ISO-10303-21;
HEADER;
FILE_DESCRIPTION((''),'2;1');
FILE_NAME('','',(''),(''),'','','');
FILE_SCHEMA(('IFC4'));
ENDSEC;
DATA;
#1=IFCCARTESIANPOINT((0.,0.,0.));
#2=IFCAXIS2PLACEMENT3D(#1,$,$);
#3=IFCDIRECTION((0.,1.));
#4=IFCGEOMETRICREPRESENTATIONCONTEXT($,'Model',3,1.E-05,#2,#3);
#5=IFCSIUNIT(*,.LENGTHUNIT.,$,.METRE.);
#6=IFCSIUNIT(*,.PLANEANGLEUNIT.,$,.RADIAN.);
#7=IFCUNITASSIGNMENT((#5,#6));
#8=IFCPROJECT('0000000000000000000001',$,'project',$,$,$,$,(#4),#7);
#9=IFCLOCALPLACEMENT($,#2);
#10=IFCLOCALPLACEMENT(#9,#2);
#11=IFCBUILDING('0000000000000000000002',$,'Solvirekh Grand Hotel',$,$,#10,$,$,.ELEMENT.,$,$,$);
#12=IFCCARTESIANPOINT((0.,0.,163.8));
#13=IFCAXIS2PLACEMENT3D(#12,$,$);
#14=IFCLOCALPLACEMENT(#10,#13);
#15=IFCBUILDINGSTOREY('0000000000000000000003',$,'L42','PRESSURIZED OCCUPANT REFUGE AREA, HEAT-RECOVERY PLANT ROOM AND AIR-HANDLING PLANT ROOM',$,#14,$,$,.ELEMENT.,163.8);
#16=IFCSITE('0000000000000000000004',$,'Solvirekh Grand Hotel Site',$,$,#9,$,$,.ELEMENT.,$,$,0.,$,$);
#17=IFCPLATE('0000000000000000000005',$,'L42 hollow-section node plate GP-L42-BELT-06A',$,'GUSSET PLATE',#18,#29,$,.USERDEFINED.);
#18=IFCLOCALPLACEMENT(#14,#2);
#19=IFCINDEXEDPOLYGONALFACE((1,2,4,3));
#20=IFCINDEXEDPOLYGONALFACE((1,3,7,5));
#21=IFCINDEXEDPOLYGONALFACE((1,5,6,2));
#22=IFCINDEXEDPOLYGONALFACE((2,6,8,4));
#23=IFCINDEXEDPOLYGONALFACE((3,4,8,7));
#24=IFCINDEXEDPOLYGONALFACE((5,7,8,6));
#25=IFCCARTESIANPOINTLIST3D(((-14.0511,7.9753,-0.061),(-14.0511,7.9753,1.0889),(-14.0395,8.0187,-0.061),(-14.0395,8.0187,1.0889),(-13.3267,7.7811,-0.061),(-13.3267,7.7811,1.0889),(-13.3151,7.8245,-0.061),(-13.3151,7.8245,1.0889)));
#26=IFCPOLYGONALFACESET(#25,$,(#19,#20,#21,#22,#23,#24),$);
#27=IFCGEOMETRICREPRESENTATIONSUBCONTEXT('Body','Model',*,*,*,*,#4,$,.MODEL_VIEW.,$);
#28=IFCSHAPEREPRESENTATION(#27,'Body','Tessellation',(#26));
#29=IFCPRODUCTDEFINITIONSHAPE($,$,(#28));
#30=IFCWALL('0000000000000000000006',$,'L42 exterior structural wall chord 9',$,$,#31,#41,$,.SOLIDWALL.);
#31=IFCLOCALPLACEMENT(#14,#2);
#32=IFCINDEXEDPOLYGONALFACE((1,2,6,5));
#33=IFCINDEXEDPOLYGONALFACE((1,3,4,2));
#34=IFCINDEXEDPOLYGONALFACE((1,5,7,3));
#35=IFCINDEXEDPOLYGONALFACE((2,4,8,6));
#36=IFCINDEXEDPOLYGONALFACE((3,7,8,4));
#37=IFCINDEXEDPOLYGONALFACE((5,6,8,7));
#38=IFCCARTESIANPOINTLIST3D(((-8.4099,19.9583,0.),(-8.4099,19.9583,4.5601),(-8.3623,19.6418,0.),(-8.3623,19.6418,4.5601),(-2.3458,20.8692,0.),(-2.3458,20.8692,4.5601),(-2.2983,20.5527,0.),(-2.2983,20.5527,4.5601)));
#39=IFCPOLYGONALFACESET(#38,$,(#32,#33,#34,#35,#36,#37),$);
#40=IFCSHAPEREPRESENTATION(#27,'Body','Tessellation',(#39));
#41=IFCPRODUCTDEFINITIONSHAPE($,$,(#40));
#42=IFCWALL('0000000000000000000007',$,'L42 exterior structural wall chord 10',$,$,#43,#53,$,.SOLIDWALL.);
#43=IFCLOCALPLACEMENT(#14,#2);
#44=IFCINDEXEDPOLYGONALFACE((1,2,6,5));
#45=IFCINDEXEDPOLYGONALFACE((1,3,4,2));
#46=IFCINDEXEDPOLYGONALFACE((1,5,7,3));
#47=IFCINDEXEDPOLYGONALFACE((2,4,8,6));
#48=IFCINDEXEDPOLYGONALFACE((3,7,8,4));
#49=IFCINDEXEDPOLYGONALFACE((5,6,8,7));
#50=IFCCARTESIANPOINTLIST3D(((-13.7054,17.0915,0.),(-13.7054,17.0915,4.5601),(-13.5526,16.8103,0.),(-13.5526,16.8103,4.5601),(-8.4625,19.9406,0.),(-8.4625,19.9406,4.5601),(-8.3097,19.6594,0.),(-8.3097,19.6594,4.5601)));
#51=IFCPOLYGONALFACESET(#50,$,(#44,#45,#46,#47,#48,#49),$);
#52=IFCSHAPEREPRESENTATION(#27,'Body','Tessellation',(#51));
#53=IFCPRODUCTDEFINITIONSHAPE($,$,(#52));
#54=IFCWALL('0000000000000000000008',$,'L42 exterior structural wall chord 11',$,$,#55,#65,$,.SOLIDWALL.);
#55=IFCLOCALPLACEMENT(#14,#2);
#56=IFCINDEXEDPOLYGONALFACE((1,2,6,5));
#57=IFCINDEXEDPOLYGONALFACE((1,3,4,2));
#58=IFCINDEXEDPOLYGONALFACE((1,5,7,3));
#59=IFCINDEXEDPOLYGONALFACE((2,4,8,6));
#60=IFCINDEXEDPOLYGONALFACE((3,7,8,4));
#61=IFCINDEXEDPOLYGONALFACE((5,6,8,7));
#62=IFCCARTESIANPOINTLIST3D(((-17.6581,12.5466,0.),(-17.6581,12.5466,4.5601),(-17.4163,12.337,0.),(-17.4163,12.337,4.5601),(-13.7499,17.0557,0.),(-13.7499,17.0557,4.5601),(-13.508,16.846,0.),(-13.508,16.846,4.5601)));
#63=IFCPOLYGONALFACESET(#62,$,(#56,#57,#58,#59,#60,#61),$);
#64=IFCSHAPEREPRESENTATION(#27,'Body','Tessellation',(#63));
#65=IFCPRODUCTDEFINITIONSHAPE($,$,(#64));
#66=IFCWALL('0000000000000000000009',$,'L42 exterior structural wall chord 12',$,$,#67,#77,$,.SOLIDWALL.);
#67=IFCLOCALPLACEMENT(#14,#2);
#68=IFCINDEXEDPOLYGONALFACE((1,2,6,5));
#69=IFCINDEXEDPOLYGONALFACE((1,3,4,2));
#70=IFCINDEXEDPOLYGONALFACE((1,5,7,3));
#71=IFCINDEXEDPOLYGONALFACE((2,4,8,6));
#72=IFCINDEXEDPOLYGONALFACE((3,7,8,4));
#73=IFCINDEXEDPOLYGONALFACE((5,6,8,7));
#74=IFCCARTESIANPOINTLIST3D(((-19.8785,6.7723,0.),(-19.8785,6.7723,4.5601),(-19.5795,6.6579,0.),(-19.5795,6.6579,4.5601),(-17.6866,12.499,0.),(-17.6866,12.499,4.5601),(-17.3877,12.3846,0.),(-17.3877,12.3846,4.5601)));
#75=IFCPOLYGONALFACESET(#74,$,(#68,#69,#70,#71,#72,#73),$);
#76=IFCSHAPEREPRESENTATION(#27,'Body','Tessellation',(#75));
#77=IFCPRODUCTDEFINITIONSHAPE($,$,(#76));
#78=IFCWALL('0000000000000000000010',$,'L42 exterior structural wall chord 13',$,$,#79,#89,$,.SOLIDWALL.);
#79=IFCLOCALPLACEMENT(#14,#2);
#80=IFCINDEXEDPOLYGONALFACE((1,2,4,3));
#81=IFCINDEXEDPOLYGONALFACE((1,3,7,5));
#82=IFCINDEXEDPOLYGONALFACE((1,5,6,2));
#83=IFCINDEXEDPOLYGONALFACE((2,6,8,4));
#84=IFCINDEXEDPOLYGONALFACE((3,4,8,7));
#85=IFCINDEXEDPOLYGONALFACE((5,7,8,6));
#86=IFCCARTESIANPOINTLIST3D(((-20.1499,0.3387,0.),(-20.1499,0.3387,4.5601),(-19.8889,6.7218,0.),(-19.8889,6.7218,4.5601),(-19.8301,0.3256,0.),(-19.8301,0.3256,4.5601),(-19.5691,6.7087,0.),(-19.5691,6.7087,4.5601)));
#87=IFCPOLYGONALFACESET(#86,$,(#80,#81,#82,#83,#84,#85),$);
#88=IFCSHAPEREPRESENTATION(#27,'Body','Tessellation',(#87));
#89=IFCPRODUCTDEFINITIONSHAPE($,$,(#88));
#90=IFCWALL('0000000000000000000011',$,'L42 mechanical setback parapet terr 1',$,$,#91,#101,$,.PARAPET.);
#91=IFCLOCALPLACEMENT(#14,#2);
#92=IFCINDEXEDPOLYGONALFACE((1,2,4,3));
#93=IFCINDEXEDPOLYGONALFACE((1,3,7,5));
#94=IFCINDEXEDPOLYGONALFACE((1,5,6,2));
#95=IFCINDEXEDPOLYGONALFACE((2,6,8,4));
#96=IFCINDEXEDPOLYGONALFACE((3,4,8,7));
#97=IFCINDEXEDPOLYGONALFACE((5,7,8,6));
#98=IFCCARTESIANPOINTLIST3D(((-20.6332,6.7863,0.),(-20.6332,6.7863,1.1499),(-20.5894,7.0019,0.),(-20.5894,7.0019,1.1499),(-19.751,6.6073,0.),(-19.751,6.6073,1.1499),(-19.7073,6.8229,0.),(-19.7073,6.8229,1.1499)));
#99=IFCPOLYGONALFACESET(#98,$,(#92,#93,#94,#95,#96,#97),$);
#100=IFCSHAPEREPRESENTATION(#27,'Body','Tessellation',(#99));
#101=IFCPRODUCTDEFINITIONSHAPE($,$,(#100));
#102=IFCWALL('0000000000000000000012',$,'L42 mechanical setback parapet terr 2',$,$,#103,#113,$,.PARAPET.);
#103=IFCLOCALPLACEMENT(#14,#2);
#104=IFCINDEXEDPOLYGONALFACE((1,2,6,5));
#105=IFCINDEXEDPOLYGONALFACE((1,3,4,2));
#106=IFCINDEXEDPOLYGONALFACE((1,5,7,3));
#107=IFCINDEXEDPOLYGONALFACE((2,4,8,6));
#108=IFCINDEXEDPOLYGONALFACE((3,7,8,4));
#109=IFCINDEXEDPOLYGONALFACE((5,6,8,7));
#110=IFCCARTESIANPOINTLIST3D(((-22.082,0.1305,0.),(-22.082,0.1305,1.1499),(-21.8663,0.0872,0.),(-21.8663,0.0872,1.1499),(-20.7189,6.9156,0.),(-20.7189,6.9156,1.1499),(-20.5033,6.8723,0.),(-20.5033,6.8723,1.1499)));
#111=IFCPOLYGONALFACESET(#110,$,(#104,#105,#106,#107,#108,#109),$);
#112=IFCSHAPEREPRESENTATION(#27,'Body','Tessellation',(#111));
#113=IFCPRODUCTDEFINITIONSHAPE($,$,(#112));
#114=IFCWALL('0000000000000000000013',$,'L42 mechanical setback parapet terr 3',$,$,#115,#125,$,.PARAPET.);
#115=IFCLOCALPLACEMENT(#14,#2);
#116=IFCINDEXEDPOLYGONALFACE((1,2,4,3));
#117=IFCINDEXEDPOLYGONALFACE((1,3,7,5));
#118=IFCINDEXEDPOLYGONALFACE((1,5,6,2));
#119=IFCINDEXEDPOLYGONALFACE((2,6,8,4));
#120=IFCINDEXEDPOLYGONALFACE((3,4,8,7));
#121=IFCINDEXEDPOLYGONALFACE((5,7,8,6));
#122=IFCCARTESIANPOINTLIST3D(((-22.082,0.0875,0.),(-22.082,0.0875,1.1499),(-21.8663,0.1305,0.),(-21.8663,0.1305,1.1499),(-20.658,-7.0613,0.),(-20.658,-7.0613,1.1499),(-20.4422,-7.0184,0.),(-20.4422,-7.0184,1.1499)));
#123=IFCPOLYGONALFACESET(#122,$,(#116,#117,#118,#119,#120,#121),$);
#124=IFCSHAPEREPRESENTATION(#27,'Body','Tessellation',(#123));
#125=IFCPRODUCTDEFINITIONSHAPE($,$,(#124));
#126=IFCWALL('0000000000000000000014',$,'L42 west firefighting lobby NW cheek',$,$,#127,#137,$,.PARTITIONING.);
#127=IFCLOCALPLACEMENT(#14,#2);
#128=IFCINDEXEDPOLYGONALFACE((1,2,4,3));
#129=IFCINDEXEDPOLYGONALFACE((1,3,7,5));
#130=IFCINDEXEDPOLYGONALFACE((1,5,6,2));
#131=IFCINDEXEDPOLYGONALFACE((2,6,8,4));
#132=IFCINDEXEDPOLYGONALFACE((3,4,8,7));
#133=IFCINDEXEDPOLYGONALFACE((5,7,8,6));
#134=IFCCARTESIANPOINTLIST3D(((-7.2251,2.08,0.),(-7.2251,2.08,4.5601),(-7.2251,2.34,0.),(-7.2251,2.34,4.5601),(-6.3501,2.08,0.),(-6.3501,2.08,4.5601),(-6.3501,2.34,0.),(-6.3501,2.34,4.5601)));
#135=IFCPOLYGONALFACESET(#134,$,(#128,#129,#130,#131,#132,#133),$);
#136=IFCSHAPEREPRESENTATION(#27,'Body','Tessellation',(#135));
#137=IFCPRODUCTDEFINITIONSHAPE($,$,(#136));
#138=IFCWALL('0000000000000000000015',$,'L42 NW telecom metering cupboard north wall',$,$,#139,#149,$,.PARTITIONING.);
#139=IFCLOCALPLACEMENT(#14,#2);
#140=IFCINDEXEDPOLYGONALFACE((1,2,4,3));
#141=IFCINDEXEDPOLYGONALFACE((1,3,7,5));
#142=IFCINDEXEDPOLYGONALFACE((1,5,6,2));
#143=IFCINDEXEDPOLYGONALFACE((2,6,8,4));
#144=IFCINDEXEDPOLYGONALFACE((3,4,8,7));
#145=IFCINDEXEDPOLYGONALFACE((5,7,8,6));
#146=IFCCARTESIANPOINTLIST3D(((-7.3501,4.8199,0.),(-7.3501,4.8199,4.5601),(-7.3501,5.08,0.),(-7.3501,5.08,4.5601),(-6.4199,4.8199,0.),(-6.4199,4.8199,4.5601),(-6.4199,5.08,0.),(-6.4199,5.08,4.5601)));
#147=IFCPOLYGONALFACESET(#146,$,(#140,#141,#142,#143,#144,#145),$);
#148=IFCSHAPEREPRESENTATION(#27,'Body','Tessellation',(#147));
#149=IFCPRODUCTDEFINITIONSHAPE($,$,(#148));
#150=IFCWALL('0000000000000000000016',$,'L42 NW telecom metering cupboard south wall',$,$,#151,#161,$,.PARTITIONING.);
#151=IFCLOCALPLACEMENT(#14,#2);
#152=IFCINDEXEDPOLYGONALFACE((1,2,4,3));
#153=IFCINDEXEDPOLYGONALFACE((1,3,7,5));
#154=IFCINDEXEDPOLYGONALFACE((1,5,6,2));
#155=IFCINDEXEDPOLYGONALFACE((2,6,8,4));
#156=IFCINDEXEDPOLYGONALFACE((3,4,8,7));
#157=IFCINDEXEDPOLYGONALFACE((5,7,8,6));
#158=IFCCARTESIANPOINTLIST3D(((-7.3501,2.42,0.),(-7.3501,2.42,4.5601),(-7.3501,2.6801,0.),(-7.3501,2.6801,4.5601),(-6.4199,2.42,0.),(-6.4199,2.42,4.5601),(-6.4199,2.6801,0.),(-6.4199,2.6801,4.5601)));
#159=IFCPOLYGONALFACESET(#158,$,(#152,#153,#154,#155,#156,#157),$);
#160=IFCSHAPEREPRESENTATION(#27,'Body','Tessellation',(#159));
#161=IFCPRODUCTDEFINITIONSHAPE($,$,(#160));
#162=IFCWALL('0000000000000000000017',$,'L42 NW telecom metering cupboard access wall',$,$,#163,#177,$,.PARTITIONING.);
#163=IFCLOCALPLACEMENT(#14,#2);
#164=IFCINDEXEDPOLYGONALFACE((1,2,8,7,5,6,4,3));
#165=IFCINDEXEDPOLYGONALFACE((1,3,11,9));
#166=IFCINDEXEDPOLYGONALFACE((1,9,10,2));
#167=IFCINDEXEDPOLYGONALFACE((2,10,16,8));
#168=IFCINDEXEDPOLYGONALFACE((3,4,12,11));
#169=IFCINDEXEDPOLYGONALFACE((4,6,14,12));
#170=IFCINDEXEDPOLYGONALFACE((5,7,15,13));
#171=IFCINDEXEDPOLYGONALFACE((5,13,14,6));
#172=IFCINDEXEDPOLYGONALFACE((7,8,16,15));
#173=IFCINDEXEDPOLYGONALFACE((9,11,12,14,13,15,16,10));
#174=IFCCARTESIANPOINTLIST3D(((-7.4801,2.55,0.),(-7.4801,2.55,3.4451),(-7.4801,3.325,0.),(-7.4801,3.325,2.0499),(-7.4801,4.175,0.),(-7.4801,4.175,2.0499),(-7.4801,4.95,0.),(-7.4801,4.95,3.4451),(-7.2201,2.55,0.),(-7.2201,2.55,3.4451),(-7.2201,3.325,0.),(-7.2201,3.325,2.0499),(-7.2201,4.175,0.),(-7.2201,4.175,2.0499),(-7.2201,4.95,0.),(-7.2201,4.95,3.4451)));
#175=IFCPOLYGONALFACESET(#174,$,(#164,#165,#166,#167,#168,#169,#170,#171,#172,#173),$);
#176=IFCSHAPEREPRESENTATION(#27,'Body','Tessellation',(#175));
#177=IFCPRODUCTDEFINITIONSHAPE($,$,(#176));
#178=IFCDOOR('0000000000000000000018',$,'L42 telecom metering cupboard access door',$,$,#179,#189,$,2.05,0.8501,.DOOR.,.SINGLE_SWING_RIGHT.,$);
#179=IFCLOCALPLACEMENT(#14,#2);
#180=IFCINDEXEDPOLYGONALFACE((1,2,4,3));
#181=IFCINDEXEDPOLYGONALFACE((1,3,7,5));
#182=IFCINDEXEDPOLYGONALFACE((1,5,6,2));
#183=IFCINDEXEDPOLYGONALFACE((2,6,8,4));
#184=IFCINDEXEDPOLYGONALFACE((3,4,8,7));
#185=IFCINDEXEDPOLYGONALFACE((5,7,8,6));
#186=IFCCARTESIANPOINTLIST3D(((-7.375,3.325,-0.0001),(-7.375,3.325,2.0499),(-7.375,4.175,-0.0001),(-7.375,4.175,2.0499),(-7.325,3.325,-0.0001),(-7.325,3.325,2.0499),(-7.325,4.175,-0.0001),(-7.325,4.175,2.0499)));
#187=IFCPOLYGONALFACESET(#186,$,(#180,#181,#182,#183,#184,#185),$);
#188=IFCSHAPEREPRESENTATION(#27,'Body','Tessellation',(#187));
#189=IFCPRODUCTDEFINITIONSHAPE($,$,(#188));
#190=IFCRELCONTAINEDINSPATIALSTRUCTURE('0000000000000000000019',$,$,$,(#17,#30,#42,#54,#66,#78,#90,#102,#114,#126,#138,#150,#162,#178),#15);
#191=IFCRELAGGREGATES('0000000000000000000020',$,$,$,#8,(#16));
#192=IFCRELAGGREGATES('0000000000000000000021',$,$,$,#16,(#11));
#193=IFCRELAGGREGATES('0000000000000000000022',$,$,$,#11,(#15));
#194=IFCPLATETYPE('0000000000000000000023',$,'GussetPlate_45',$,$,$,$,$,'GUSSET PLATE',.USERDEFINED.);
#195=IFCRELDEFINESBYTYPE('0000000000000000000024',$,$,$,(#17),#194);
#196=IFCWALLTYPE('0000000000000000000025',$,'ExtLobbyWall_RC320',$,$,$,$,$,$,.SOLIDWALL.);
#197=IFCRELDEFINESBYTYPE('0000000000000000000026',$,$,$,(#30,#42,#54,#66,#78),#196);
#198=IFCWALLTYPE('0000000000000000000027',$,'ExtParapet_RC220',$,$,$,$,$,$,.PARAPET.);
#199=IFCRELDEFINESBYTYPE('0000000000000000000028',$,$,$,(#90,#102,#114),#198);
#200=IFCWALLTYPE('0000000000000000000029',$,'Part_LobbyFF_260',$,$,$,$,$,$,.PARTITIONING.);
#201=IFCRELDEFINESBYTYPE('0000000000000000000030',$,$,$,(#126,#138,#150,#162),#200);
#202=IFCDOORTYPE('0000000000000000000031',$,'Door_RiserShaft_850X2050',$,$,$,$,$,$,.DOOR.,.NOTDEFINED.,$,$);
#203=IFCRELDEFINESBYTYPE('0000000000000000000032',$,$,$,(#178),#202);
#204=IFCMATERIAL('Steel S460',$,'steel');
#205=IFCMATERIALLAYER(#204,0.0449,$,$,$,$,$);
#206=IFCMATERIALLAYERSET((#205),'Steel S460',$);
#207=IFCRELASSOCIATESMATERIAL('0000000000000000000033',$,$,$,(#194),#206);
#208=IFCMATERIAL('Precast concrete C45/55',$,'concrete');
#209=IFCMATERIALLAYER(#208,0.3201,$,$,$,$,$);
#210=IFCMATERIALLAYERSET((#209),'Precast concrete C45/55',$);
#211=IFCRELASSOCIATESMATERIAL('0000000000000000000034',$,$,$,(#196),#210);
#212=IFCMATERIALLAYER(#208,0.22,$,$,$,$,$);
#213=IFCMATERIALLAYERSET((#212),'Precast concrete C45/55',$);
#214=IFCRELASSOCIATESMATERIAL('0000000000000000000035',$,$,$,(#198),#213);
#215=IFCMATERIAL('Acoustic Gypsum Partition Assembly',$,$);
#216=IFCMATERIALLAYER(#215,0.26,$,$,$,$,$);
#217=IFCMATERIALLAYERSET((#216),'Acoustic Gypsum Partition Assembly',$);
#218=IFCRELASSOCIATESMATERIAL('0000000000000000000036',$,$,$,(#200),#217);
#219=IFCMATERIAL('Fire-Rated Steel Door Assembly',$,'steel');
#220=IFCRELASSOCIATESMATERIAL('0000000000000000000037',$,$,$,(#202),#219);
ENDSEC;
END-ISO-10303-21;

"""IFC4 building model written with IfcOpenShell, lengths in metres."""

from ifc_helpers import new_model, si_unit, direction, frame, frame_2d, origin, origin_2d, place, context, subcontext, project, spatial, rectangle, extrude, material, layer, layer_set, type_object, element, fill, save


model = new_model("IFC4")

# Units and contexts
model_context = context("Model", 3, precision=1e-05, world=origin(), true_north=direction((0.0, 1.0)))
body_context = subcontext(model_context, "Body", "Model", "MODEL_VIEW")
ifc_project = project(units=[si_unit("LENGTHUNIT", "METRE"), si_unit("PLANEANGLEUNIT", "RADIAN")], contexts=[model_context])

# Site, building, storey
site_placement = place(None, origin())
site = spatial("IfcSite", under=ifc_project, at=site_placement, Name="Solvirekh Grand Hotel Site", CompositionType="ELEMENT", RefElevation=0.0)
building_placement = place(site_placement, origin())
building = spatial("IfcBuilding", under=site, at=building_placement, Name="Solvirekh Grand Hotel", CompositionType="ELEMENT")
storey_placement = place(building_placement, frame((0.0, 0.0, 163.8)))
storey = spatial("IfcBuildingStorey", under=building, at=storey_placement, Name="L42", Description="PRESSURIZED OCCUPANT REFUGE AREA, HEAT-RECOVERY PLANT ROOM AND AIR-HANDLING PLANT ROOM", CompositionType="ELEMENT", Elevation=163.8)

# Shared definitions
ifc_material_1 = material(Name="Steel S460", Category="steel")

# Plate
ifc_layer_1 = layer(ifc_material_1, 0.0449)
ifc_layer_set_1 = layer_set([ifc_layer_1], Name="Steel S460")
plate_type = type_object("IfcPlateType", Name="GussetPlate_45", ElementType="GUSSET PLATE", PredefinedType="USERDEFINED", material=ifc_layer_set_1)
for number, where, z_axis, x_axis, name in (
    (1, (-13.6831, 7.8999, -0.061), (0.0, 0.0, 1.0), (-0.258819, -0.965926, 0.0), "L42 hollow-section node plate GP-L42-BELT-06A"),
):
    element("IfcPlate", number, at=place(storey_placement, frame(where, z_axis=z_axis, x_axis=x_axis)), inside=storey, type_object=plate_type, Name=name, ObjectType="GUSSET PLATE", PredefinedType="USERDEFINED", context=body_context, shape_type="SweptSolid", body=[
        extrude(rectangle(XDim=0.0449, YDim=0.75, at=origin_2d()), origin(), (0.0, 0.0, 1.0), 1.1499),
    ])

# Walls
ifc_material_2 = material(Name="Precast concrete C45/55", Category="concrete")
ifc_layer_2 = layer(ifc_material_2, 0.3201)
ifc_layer_set_2 = layer_set([ifc_layer_2], Name="Precast concrete C45/55")
wall_type_1 = type_object("IfcWallType", Name="ExtLobbyWall_RC320", PredefinedType="SOLIDWALL", material=ifc_layer_set_2)
wall_1_placement = place(storey_placement, frame((-8.386, 19.8, 0.0), z_axis=(0.0, 0.0, 1.0), x_axis=(0.988905, 0.148547, 0.0)))
element("IfcWall", 2, at=wall_1_placement, inside=storey, type_object=wall_type_1, Name="L42 exterior structural wall chord 9", PredefinedType="SOLIDWALL", context=body_context, shape_type="SweptSolid", body=[
    extrude(rectangle(XDim=6.1321, YDim=0.3201, at=frame_2d((3.0659, 0.0))), origin(), (0.0, 0.0, 1.0), 4.5601),
])
for number, where, z_axis, x_axis, name in (
    (3, (-13.6289, 16.9509, 0.0), (0.0, 0.0, 1.0), (0.878645, 0.477476, 0.0), "L42 exterior structural wall chord 10"),
    (4, (-17.5371, 12.4419, 0.0), (0.0, 0.0, 1.0), (0.654966, 0.755658, 0.0), "L42 exterior structural wall chord 11"),
):
    element("IfcWall", number, at=place(storey_placement, frame(where, z_axis=z_axis, x_axis=x_axis)), inside=storey, type_object=wall_type_1, Name=name, PredefinedType="SOLIDWALL", context=body_context, shape_type="SweptSolid", body=[
        extrude(rectangle(XDim=5.967, YDim=0.3201, at=frame_2d((2.9834, 0.0))), origin(), (0.0, 0.0, 1.0), 4.5601),
    ])
wall_2_placement = place(storey_placement, frame((-19.729, 6.7151, 0.0), z_axis=(0.0, 0.0, 1.0), x_axis=(0.357455, 0.93393, 0.0)))
element("IfcWall", 5, at=wall_2_placement, inside=storey, type_object=wall_type_1, Name="L42 exterior structural wall chord 12", PredefinedType="SOLIDWALL", context=body_context, shape_type="SweptSolid", body=[
    extrude(rectangle(XDim=6.1318, YDim=0.3201, at=frame_2d((3.0659, 0.0))), origin(), (0.0, 0.0, 1.0), 4.5601),
])
wall_3_placement = place(storey_placement, frame((-19.99, 0.332, 0.0), z_axis=(0.0, 0.0, 1.0), x_axis=(0.040853, 0.999165, 0.0)))
element("IfcWall", 6, at=wall_3_placement, inside=storey, type_object=wall_type_1, Name="L42 exterior structural wall chord 13", PredefinedType="SOLIDWALL", context=body_context, shape_type="SweptSolid", body=[
    extrude(rectangle(XDim=6.3884, YDim=0.3201, at=frame_2d((3.1943, 0.0))), origin(), (0.0, 0.0, 1.0), 4.5601),
])
ifc_layer_3 = layer(ifc_material_2, 0.22)
ifc_layer_set_3 = layer_set([ifc_layer_3], Name="Precast concrete C45/55")
wall_type_2 = type_object("IfcWallType", Name="ExtParapet_RC220", PredefinedType="PARAPET", material=ifc_layer_set_3)
wall_4_placement = place(storey_placement, frame((-19.729, 6.7151, 0.0), z_axis=(0.0, 0.0, 1.0), x_axis=(-0.980034, 0.198828, 0.0)))
element("IfcWall", 7, at=wall_4_placement, inside=storey, type_object=wall_type_2, Name="L42 mechanical setback parapet terr 1", PredefinedType="PARAPET", context=body_context, shape_type="SweptSolid", body=[
    extrude(rectangle(XDim=0.9001, YDim=0.22, at=frame_2d((0.4502, 0.0))), origin(), (0.0, 0.0, 1.0), 1.1499),
])
wall_5_placement = place(storey_placement, frame((-20.6111, 6.894, 0.0), z_axis=(0.0, 0.0, 1.0), x_axis=(-0.19695, -0.980413, 0.0)))
element("IfcWall", 8, at=wall_5_placement, inside=storey, type_object=wall_type_2, Name="L42 mechanical setback parapet terr 2", PredefinedType="PARAPET", context=body_context, shape_type="SweptSolid", body=[
    extrude(rectangle(XDim=6.9207, YDim=0.22, at=frame_2d((3.4604, 0.0))), origin(), (0.0, 0.0, 1.0), 1.1499),
])
wall_6_placement = place(storey_placement, frame((-21.9741, 0.1089, 0.0), z_axis=(0.0, 0.0, 1.0), x_axis=(0.195362, -0.980731, 0.0)))
element("IfcWall", 9, at=wall_6_placement, inside=storey, type_object=wall_type_2, Name="L42 mechanical setback parapet terr 3", PredefinedType="PARAPET", context=body_context, shape_type="SweptSolid", body=[
    extrude(rectangle(XDim=7.2893, YDim=0.22, at=frame_2d((3.6445, 0.0))), origin(), (0.0, 0.0, 1.0), 1.1499),
])
ifc_material_3 = material(Name="Acoustic Gypsum Partition Assembly")
ifc_layer_4 = layer(ifc_material_3, 0.26)
ifc_layer_set_4 = layer_set([ifc_layer_4], Name="Acoustic Gypsum Partition Assembly")
wall_type_3 = type_object("IfcWallType", Name="Part_LobbyFF_260", PredefinedType="PARTITIONING", material=ifc_layer_set_4)
wall_7_placement = place(storey_placement, frame((-7.2251, 2.21, 0.0), z_axis=(0.0, 0.0, 1.0), x_axis=(1.0, 0.0, 0.0)))
element("IfcWall", 10, at=wall_7_placement, inside=storey, type_object=wall_type_3, Name="L42 west firefighting lobby NW cheek", PredefinedType="PARTITIONING", context=body_context, shape_type="SweptSolid", body=[
    extrude(rectangle(XDim=0.875, YDim=0.26, at=frame_2d((0.4375, 0.0))), origin(), (0.0, 0.0, 1.0), 4.5601),
])
for number, where, z_axis, x_axis, name in (
    (11, (-7.3501, 4.95, 0.0), (0.0, 0.0, 1.0), (1.0, 0.0, 0.0), "L42 NW telecom metering cupboard north wall"),
    (12, (-7.3501, 2.55, 0.0), (0.0, 0.0, 1.0), (1.0, 0.0, 0.0), "L42 NW telecom metering cupboard south wall"),
):
    element("IfcWall", number, at=place(storey_placement, frame(where, z_axis=z_axis, x_axis=x_axis)), inside=storey, type_object=wall_type_3, Name=name, PredefinedType="PARTITIONING", context=body_context, shape_type="SweptSolid", body=[
        extrude(rectangle(XDim=0.9302, YDim=0.26, at=frame_2d((0.4651, 0.0))), origin(), (0.0, 0.0, 1.0), 4.5601),
    ])

# Wall, opening, door
wall_8_placement = place(storey_placement, frame((-7.3501, 2.55, 0.0), z_axis=(0.0, 0.0, 1.0), x_axis=(0.0, 1.0, 0.0)))
wall_8 = element("IfcWall", 13, at=wall_8_placement, inside=storey, type_object=wall_type_3, Name="L42 NW telecom metering cupboard access wall", PredefinedType="PARTITIONING", context=body_context, shape_type="SweptSolid", body=[
    extrude(rectangle(XDim=2.3999, YDim=0.26, at=frame_2d((1.2, 0.0))), origin(), (0.0, 0.0, 1.0), 3.4451),
])
opening_1_placement = place(wall_8_placement, frame((0.7749, 0.0, 0.0)))
opening_1 = element("IfcOpeningElement", 14, at=opening_1_placement, cuts=wall_8, PredefinedType="OPENING", context=body_context, shape_type="SweptSolid", body=[
    extrude(rectangle(XDim=0.8501, YDim=2.05, at=frame_2d((0.425, 1.0249))), frame((0.0, 0.1401, 0.0), z_axis=(0.0, -1.0, 0.0), x_axis=(1.0, 0.0, 0.0)), (0.0, 0.0, 1.0), 0.28),
])
ifc_material_4 = material(Name="Fire-Rated Steel Door Assembly", Category="steel")
door_type_1 = type_object("IfcDoorType", Name="Door_RiserShaft_850X2050", OperationType="NOTDEFINED", PredefinedType="DOOR", material=ifc_material_4)
door_1_placement = place(opening_1_placement, origin())
door_1 = element("IfcDoor", 15, at=door_1_placement, inside=storey, type_object=door_type_1, Name="L42 telecom metering cupboard access door", OperationType="SINGLE_SWING_RIGHT", OverallHeight=2.05, OverallWidth=0.8501, PredefinedType="DOOR", context=body_context, shape_type="SweptSolid", body=[
    extrude(rectangle(XDim=0.8501, YDim=2.05, at=frame_2d((0.425, 1.0249))), frame((0.0, 0.0249, 0.0), z_axis=(0.0, -1.0, 0.0), x_axis=(1.0, 0.0, 0.0)), (0.0, 0.0, 1.0), 0.05),
])
fill(opening_1, door_1)

save(model, "model.ifc")
